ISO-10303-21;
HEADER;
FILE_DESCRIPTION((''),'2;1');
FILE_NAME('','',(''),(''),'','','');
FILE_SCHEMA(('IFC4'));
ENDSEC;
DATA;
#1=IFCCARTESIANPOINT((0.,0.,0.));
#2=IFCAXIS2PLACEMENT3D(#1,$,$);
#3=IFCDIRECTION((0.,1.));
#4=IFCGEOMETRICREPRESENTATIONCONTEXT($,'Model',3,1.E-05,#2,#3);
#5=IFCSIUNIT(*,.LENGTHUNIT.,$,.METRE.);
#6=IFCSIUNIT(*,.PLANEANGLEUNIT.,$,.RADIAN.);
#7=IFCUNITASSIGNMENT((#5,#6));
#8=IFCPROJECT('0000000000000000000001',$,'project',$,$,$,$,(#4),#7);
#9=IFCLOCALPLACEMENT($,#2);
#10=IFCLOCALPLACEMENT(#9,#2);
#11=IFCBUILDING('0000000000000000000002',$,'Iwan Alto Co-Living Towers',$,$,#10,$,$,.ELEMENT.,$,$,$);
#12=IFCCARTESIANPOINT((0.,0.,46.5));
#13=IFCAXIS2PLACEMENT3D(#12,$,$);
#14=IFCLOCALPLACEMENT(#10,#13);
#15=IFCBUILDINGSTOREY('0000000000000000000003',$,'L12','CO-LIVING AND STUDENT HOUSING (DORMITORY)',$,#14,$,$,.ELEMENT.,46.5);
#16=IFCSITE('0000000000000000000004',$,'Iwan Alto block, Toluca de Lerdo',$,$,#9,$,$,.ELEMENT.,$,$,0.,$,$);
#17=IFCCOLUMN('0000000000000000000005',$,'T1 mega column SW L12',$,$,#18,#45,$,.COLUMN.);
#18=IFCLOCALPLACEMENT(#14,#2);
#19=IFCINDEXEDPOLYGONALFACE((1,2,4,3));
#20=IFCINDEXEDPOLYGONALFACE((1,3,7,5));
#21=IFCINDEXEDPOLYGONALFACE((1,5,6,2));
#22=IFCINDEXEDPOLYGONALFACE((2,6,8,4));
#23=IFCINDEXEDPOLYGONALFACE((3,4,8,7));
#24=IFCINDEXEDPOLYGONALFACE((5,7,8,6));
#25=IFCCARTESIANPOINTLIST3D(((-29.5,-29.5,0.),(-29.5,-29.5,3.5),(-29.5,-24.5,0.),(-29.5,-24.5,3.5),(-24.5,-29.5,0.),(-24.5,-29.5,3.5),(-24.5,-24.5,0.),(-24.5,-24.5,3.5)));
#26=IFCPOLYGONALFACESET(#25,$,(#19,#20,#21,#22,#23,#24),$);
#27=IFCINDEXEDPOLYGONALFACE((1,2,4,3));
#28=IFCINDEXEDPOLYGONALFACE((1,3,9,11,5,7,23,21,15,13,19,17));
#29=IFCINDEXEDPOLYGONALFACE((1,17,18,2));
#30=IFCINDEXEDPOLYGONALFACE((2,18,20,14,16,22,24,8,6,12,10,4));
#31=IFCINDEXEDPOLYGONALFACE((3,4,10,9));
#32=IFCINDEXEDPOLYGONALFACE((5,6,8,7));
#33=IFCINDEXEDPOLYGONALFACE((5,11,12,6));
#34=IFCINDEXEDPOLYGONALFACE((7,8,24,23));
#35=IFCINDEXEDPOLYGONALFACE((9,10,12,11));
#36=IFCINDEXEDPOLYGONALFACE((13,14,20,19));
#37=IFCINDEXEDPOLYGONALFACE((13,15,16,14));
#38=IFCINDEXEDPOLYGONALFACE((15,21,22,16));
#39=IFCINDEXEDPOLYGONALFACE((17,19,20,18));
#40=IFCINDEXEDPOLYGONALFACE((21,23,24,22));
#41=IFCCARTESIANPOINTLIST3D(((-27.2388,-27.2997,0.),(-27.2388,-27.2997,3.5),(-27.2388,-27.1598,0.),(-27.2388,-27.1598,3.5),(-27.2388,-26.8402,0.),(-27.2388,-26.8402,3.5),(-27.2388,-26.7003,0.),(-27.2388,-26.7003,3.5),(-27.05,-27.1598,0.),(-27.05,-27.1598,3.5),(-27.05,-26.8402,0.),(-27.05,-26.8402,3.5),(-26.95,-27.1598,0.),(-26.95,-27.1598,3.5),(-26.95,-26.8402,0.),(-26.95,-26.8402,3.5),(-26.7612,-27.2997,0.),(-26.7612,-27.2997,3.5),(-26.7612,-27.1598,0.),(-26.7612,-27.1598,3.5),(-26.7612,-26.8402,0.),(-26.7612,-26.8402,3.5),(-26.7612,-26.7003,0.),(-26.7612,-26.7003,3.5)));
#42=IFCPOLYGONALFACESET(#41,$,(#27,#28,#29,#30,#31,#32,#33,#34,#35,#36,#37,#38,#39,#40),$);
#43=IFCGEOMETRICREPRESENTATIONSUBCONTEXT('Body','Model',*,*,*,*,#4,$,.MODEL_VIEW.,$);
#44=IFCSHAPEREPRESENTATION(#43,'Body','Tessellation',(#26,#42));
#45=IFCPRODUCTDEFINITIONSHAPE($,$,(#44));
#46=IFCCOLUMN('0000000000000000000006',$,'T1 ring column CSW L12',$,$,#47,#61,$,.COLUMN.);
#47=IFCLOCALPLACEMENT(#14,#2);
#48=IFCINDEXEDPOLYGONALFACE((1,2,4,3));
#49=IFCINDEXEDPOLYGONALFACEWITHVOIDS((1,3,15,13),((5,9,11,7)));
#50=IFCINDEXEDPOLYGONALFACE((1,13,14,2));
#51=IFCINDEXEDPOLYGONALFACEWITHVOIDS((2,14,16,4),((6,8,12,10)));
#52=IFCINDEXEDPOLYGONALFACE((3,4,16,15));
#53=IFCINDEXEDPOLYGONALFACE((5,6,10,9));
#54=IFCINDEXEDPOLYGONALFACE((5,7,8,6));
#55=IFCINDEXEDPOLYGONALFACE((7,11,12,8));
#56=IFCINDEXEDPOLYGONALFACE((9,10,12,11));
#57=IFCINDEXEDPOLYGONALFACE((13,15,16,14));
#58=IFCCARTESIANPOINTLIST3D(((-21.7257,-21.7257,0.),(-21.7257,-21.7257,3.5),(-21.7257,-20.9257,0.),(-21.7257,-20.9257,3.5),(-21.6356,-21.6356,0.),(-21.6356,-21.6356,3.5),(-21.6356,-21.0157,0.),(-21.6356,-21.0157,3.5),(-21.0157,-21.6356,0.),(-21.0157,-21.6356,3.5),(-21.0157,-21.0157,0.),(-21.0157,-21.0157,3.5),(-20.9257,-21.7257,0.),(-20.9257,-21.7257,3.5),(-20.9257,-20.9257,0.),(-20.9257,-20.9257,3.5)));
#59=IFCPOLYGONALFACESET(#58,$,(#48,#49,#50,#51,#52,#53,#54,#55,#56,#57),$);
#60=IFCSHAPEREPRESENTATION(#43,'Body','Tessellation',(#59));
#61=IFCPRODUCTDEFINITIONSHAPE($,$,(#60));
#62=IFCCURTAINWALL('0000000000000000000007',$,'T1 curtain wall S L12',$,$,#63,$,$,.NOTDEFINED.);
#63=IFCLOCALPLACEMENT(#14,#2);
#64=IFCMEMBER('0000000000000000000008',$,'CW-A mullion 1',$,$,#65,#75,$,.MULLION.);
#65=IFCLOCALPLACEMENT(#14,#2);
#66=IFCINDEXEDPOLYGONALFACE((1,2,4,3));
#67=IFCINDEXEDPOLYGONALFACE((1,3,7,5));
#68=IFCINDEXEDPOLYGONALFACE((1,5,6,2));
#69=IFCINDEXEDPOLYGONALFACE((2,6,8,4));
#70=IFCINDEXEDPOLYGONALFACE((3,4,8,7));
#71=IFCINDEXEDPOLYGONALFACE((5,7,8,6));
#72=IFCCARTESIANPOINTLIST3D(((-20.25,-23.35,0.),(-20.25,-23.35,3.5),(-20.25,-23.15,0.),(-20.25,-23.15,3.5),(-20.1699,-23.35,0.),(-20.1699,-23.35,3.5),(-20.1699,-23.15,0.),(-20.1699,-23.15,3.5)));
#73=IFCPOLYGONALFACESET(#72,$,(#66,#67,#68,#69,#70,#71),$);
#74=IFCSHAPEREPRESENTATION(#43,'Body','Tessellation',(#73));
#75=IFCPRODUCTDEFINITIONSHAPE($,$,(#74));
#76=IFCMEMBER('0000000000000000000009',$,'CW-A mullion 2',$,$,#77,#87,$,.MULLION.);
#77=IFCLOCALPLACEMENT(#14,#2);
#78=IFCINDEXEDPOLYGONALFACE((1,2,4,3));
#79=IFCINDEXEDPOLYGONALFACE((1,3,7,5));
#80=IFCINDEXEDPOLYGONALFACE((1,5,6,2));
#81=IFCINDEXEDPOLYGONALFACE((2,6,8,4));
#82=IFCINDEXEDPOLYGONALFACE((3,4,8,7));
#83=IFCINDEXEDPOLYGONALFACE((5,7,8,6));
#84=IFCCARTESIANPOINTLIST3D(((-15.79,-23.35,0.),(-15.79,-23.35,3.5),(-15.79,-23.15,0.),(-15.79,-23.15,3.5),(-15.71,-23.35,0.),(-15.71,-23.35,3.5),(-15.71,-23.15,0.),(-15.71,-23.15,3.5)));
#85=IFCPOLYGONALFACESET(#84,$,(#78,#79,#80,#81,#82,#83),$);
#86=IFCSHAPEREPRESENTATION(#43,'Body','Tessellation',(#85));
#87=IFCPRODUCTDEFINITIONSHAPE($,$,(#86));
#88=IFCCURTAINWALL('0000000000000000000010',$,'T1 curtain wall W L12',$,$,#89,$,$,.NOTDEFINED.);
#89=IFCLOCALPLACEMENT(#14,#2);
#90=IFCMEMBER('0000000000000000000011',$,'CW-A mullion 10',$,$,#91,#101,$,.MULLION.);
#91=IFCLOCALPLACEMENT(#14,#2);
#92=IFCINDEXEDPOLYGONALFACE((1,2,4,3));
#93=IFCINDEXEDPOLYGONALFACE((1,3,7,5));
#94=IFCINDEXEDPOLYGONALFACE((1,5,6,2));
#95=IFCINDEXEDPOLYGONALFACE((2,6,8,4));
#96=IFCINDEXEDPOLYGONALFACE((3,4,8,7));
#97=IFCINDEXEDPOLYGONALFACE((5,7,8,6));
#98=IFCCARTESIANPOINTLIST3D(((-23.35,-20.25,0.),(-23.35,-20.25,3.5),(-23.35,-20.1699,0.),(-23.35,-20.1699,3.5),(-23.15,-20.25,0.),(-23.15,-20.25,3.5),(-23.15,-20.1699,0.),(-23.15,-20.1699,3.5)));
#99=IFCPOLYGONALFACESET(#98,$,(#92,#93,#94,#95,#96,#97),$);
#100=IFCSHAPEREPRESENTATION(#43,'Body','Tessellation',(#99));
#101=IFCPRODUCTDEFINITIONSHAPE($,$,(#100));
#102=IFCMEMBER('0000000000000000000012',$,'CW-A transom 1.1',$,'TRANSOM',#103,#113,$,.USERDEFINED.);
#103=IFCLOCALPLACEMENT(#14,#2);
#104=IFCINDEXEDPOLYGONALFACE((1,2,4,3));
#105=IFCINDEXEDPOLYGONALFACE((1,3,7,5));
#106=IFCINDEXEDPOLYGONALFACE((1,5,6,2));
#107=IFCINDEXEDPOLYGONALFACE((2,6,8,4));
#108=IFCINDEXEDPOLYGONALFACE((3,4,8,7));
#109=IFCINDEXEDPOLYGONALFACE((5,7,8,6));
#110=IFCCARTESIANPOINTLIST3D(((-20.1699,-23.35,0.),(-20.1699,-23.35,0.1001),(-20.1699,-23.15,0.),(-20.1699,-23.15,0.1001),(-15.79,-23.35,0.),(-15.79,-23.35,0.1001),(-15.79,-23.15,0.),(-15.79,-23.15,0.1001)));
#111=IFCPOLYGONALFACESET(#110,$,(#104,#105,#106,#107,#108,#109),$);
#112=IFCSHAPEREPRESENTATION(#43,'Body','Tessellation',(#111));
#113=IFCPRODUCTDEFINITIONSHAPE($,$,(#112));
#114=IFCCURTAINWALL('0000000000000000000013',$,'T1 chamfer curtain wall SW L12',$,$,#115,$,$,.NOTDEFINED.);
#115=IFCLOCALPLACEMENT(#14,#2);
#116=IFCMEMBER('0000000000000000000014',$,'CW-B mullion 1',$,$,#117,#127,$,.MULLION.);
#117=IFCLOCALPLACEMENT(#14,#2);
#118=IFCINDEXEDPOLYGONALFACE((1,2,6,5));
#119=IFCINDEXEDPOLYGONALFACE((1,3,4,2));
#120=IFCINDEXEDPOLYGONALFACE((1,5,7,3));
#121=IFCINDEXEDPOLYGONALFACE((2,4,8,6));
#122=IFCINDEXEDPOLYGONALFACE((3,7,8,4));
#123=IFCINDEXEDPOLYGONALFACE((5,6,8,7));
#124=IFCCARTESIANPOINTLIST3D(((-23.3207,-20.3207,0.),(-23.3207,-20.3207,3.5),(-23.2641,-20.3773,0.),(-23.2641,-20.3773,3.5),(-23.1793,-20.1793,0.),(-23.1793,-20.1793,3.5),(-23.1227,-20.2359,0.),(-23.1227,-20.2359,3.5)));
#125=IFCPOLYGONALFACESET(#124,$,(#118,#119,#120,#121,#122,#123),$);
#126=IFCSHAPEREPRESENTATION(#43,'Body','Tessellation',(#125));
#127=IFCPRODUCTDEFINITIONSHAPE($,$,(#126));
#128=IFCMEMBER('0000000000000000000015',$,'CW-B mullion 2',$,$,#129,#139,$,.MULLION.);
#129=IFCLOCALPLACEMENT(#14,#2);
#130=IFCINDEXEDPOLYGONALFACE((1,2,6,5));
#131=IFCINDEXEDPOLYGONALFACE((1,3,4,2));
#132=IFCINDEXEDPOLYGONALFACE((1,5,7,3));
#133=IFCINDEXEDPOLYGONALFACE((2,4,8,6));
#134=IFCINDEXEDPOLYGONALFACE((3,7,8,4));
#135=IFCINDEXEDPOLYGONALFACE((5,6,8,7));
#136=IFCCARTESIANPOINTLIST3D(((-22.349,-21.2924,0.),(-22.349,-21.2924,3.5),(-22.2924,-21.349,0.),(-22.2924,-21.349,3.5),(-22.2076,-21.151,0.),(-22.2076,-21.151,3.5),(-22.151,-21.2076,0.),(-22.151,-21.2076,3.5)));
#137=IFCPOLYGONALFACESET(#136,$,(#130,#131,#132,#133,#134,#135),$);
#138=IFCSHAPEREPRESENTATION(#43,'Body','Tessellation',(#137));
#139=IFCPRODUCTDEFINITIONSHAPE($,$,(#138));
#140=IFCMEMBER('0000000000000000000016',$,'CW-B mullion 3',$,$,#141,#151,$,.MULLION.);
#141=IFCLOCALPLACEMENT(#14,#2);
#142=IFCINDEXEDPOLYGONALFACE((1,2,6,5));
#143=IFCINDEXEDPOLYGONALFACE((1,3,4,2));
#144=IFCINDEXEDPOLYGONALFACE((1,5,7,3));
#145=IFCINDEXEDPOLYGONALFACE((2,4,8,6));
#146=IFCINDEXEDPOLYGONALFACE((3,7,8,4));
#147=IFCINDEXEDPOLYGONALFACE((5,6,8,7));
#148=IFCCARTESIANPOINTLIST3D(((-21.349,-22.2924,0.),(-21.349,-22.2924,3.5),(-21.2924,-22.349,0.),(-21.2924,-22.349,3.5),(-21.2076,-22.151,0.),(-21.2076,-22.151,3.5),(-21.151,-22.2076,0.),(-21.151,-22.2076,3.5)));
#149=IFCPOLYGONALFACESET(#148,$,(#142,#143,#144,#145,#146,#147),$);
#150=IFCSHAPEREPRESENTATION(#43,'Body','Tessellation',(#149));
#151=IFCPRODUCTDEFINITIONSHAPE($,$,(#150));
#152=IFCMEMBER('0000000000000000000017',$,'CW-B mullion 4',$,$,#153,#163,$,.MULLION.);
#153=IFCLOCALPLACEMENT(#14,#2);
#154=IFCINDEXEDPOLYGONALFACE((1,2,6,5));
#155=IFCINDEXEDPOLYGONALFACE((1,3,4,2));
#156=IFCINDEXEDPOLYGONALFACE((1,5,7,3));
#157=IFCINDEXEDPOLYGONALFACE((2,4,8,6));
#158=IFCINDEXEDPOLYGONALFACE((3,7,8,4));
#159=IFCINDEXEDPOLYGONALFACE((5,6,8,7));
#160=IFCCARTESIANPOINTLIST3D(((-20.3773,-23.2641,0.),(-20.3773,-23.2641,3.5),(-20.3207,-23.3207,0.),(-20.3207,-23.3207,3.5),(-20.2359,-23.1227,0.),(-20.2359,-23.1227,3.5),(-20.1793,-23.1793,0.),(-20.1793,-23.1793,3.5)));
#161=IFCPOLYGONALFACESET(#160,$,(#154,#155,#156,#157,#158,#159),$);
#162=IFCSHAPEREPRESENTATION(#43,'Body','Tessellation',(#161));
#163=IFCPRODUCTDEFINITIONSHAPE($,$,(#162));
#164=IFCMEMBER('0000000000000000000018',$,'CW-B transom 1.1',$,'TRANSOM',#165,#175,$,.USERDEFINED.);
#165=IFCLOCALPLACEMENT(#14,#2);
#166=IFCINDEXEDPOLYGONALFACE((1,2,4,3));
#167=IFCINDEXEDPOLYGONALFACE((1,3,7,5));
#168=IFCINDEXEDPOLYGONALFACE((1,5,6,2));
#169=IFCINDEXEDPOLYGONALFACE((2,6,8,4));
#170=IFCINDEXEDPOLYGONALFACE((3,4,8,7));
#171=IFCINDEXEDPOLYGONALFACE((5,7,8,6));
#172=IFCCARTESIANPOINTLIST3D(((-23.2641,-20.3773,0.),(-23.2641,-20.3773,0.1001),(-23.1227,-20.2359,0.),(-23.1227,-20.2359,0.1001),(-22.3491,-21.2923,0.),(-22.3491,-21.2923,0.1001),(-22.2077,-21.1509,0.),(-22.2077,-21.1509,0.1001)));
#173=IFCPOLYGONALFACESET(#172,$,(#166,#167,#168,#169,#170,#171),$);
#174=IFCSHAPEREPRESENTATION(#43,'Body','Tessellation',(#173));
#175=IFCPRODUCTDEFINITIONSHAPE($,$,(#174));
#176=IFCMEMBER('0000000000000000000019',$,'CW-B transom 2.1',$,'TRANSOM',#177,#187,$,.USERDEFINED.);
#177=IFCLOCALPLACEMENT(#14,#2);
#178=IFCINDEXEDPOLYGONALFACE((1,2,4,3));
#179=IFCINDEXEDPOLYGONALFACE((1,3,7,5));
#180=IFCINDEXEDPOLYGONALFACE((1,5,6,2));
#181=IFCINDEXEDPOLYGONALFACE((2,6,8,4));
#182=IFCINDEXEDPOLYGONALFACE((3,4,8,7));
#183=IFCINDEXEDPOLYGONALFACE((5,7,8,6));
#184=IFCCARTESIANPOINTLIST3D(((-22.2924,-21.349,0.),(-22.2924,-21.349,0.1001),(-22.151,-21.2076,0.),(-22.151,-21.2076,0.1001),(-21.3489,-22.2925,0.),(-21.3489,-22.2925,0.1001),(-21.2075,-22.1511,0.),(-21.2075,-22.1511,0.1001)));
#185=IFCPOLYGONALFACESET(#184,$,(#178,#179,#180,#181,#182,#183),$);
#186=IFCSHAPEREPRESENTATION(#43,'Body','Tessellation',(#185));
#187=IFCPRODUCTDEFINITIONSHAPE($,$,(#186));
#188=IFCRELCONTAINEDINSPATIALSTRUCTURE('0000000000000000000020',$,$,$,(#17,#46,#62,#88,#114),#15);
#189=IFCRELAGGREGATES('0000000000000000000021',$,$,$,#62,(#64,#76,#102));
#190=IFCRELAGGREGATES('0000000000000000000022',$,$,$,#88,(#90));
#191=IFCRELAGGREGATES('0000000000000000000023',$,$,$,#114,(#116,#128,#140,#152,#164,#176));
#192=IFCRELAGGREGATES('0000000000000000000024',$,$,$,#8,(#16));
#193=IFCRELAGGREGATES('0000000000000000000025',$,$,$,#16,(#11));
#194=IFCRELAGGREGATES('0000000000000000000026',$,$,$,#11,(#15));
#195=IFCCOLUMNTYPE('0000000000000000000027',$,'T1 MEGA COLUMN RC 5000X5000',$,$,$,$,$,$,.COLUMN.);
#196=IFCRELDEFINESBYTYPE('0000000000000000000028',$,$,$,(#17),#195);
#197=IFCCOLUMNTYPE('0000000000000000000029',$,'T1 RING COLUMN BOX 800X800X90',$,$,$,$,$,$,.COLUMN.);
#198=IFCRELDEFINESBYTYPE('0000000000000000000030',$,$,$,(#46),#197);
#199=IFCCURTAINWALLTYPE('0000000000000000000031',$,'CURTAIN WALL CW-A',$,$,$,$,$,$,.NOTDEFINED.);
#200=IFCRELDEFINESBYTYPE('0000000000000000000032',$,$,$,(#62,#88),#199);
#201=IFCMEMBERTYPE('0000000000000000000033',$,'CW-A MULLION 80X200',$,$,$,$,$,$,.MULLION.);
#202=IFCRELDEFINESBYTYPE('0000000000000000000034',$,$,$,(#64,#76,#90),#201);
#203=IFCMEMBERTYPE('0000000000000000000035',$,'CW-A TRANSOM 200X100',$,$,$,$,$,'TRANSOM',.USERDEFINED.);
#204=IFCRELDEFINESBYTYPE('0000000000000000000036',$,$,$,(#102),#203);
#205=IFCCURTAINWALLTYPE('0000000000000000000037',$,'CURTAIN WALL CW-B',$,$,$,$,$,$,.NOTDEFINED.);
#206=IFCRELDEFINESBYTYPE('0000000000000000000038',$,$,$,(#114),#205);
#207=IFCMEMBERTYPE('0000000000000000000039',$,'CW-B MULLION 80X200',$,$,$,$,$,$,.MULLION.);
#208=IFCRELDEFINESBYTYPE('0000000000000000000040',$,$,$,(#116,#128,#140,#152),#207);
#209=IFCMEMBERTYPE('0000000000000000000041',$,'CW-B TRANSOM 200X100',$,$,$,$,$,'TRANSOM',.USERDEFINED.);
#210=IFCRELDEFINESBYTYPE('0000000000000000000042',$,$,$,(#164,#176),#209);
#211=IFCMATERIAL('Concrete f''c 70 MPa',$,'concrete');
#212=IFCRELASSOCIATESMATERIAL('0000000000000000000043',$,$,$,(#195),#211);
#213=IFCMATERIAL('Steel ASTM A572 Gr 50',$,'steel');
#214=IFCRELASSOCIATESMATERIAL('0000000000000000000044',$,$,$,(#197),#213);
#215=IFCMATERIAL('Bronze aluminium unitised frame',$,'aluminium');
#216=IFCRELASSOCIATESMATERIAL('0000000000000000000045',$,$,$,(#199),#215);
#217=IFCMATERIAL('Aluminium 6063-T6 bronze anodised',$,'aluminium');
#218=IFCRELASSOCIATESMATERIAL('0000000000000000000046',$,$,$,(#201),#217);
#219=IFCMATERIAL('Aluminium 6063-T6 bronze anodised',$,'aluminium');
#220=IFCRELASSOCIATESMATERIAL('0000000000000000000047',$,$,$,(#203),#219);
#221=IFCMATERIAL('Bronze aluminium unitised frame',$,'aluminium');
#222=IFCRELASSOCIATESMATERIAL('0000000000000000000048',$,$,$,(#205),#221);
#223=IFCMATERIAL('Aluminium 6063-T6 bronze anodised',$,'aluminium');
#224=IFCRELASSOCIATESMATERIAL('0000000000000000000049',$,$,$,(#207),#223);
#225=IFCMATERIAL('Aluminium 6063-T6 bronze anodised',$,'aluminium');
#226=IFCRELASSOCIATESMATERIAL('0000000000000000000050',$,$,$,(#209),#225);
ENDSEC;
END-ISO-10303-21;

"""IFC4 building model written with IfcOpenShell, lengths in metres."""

from ifc_helpers import new_model, si_unit, direction, frame, origin, origin_2d, place, context, subcontext, project, spatial, rectangle, hollow_rectangle, i_section, extrude, material, material_profile, profile_set, type_object, element, aggregate, save


model = new_model("IFC4")

# Units and contexts
model_context = context("Model", 3, precision=1e-05, world=origin(), true_north=direction((0.0, 1.0)))
body_context = subcontext(model_context, "Body", "Model", "MODEL_VIEW")
ifc_project = project(units=[si_unit("LENGTHUNIT", "METRE"), si_unit("PLANEANGLEUNIT", "RADIAN")], contexts=[model_context])

# Site, building, storey
site_placement = place(None, origin())
site = spatial("IfcSite", under=ifc_project, at=site_placement, Name="Iwan Alto block, Toluca de Lerdo", CompositionType="ELEMENT", RefElevation=0.0)
building_placement = place(site_placement, origin())
building = spatial("IfcBuilding", under=site, at=building_placement, Name="Iwan Alto Co-Living Towers", CompositionType="ELEMENT")
storey_placement = place(building_placement, frame((0.0, 0.0, 46.5)))
storey = spatial("IfcBuildingStorey", under=building, at=storey_placement, Name="L12", Description="CO-LIVING AND STUDENT HOUSING (DORMITORY)", CompositionType="ELEMENT", Elevation=46.5)

# Columns
ifc_material_1 = material(Name="Concrete f'c 70 MPa", Category="concrete")
ifc_material_profile_1 = material_profile(ifc_material_1, rectangle(XDim=5.0, YDim=5.0, at=origin_2d()), Name="RC 5000X5000")
ifc_profile_set_1 = profile_set([ifc_material_profile_1], Name="Concrete f'c 70 MPa")
column_type_1 = type_object("IfcColumnType", Name="T1 MEGA COLUMN RC 5000X5000", PredefinedType="COLUMN", material=ifc_profile_set_1)
column_1_placement = place(storey_placement, frame((-27.0, -27.0, 0.0), z_axis=(0.0, 0.0, 1.0), x_axis=(1.0, 0.0, 0.0)))
element("IfcColumn", 1, at=column_1_placement, inside=storey, type_object=column_type_1, Name="T1 mega column SW L12", PredefinedType="COLUMN", context=body_context, shape_type="SweptSolid", body=[
    extrude(rectangle(XDim=5.0, YDim=5.0, at=origin_2d()), origin(), (0.0, 0.0, 1.0), 3.5),
    extrude(i_section(OverallWidth=0.4775, OverallDepth=0.5994, WebThickness=0.1001, FlangeThickness=0.1399, at=origin_2d()), origin(), (0.0, 0.0, 1.0), 3.5),
])
ifc_material_2 = material(Name="Steel ASTM A572 Gr 50", Category="steel")
ifc_material_profile_2 = material_profile(ifc_material_2, hollow_rectangle(XDim=0.8, YDim=0.8, WallThickness=0.0901, at=origin_2d()), Name="BOX 800X800X90")
ifc_profile_set_2 = profile_set([ifc_material_profile_2], Name="Steel ASTM A572 Gr 50")
column_type_2 = type_object("IfcColumnType", Name="T1 RING COLUMN BOX 800X800X90", PredefinedType="COLUMN", material=ifc_profile_set_2)
column_2_placement = place(storey_placement, frame((-21.3257, -21.3257, 0.0), z_axis=(0.0, 0.0, 1.0), x_axis=(1.0, 0.0, 0.0)))
element("IfcColumn", 2, at=column_2_placement, inside=storey, type_object=column_type_2, Name="T1 ring column CSW L12", PredefinedType="COLUMN", context=body_context, shape_type="SweptSolid", body=[
    extrude(hollow_rectangle(XDim=0.8, YDim=0.8, WallThickness=0.0901, at=origin_2d()), origin(), (0.0, 0.0, 1.0), 3.5),
])

# Curtain wall, members
ifc_material_3 = material(Name="Bronze aluminium unitised frame", Category="aluminium")
curtain_wall_type_1 = type_object("IfcCurtainWallType", Name="CURTAIN WALL CW-A", PredefinedType="NOTDEFINED", material=ifc_material_3)
curtain_wall_1_placement = place(storey_placement, origin())
curtain_wall_1 = element("IfcCurtainWall", 3, at=curtain_wall_1_placement, inside=storey, type_object=curtain_wall_type_1, Name="T1 curtain wall S L12", PredefinedType="NOTDEFINED")
ifc_material_4 = material(Name="Aluminium 6063-T6 bronze anodised", Category="aluminium")
ifc_material_profile_3 = material_profile(ifc_material_4, rectangle(XDim=0.2, YDim=0.0801, at=origin_2d()), Name="AL 80X200")
ifc_profile_set_3 = profile_set([ifc_material_profile_3], Name="Aluminium 6063-T6 bronze anodised")
member_type_1 = type_object("IfcMemberType", Name="CW-A MULLION 80X200", PredefinedType="MULLION", material=ifc_profile_set_3)
member_1_placement = place(storey_placement, frame((-20.21, -23.25, 0.0), z_axis=(0.0, 0.0, 1.0), x_axis=(0.0, 1.0, 0.0)))
member_1 = element("IfcMember", 4, at=member_1_placement, type_object=member_type_1, Name="CW-A mullion 1", PredefinedType="MULLION", context=body_context, shape_type="SweptSolid", body=[
    extrude(rectangle(XDim=0.2, YDim=0.0801, at=origin_2d()), origin(), (0.0, 0.0, 1.0), 3.5),
])
member_2_placement = place(storey_placement, frame((-15.75, -23.25, 0.0), z_axis=(0.0, 0.0, 1.0), x_axis=(0.0, 1.0, 0.0)))
member_2 = element("IfcMember", 5, at=member_2_placement, type_object=member_type_1, Name="CW-A mullion 2", PredefinedType="MULLION", context=body_context, shape_type="SweptSolid", body=[
    extrude(rectangle(XDim=0.2, YDim=0.0801, at=origin_2d()), origin(), (0.0, 0.0, 1.0), 3.5),
])

# Curtain wall, member
curtain_wall_2_placement = place(storey_placement, origin())
curtain_wall_2 = element("IfcCurtainWall", 6, at=curtain_wall_2_placement, inside=storey, type_object=curtain_wall_type_1, Name="T1 curtain wall W L12", PredefinedType="NOTDEFINED")
member_3_placement = place(storey_placement, frame((-23.25, -20.21, 0.0), z_axis=(0.0, 0.0, 1.0), x_axis=(1.0, 0.0, 0.0)))
member_3 = element("IfcMember", 7, at=member_3_placement, type_object=member_type_1, Name="CW-A mullion 10", PredefinedType="MULLION", context=body_context, shape_type="SweptSolid", body=[
    extrude(rectangle(XDim=0.2, YDim=0.0801, at=origin_2d()), origin(), (0.0, 0.0, 1.0), 3.5),
])

# Member
ifc_material_5 = material(Name="Aluminium 6063-T6 bronze anodised", Category="aluminium")
ifc_material_profile_4 = material_profile(ifc_material_5, rectangle(XDim=0.2, YDim=0.1001, at=origin_2d()), Name="AL 200X100")
ifc_profile_set_4 = profile_set([ifc_material_profile_4], Name="Aluminium 6063-T6 bronze anodised")
member_type_2 = type_object("IfcMemberType", Name="CW-A TRANSOM 200X100", ElementType="TRANSOM", PredefinedType="USERDEFINED", material=ifc_profile_set_4)
member_4_placement = place(storey_placement, frame((-20.1699, -23.25, 0.05), z_axis=(1.0, 0.0, 0.0), x_axis=(0.0, 1.0, 0.0)))
member_4 = element("IfcMember", 8, at=member_4_placement, type_object=member_type_2, Name="CW-A transom 1.1", ObjectType="TRANSOM", PredefinedType="USERDEFINED", context=body_context, shape_type="SweptSolid", body=[
    extrude(rectangle(XDim=0.2, YDim=0.1001, at=origin_2d()), origin(), (0.0, 0.0, 1.0), 4.3799),
])

# Curtain wall, members
ifc_material_6 = material(Name="Bronze aluminium unitised frame", Category="aluminium")
curtain_wall_type_2 = type_object("IfcCurtainWallType", Name="CURTAIN WALL CW-B", PredefinedType="NOTDEFINED", material=ifc_material_6)
curtain_wall_3_placement = place(storey_placement, origin())
curtain_wall_3 = element("IfcCurtainWall", 9, at=curtain_wall_3_placement, inside=storey, type_object=curtain_wall_type_2, Name="T1 chamfer curtain wall SW L12", PredefinedType="NOTDEFINED")
ifc_material_7 = material(Name="Aluminium 6063-T6 bronze anodised", Category="aluminium")
ifc_material_profile_5 = material_profile(ifc_material_7, rectangle(XDim=0.2, YDim=0.0801, at=origin_2d()), Name="AL 80X200")
ifc_profile_set_5 = profile_set([ifc_material_profile_5], Name="Aluminium 6063-T6 bronze anodised")
member_type_3 = type_object("IfcMemberType", Name="CW-B MULLION 80X200", PredefinedType="MULLION", material=ifc_profile_set_5)
member_5_placement = place(storey_placement, frame((-23.2217, -20.2783, 0.0), z_axis=(0.0, 0.0, 1.0), x_axis=(0.707107, 0.707107, 0.0)))
member_5 = element("IfcMember", 10, at=member_5_placement, type_object=member_type_3, Name="CW-B mullion 1", PredefinedType="MULLION", context=body_context, shape_type="SweptSolid", body=[
    extrude(rectangle(XDim=0.2, YDim=0.0801, at=origin_2d()), origin(), (0.0, 0.0, 1.0), 3.5),
])
member_6_placement = place(storey_placement, frame((-22.25, -21.25, 0.0), z_axis=(0.0, 0.0, 1.0), x_axis=(0.707107, 0.707107, 0.0)))
member_6 = element("IfcMember", 11, at=member_6_placement, type_object=member_type_3, Name="CW-B mullion 2", PredefinedType="MULLION", context=body_context, shape_type="SweptSolid", body=[
    extrude(rectangle(XDim=0.2, YDim=0.0801, at=origin_2d()), origin(), (0.0, 0.0, 1.0), 3.5),
])
member_7_placement = place(storey_placement, frame((-21.25, -22.25, 0.0), z_axis=(0.0, 0.0, 1.0), x_axis=(0.707107, 0.707107, 0.0)))
member_7 = element("IfcMember", 12, at=member_7_placement, type_object=member_type_3, Name="CW-B mullion 3", PredefinedType="MULLION", context=body_context, shape_type="SweptSolid", body=[
    extrude(rectangle(XDim=0.2, YDim=0.0801, at=origin_2d()), origin(), (0.0, 0.0, 1.0), 3.5),
])
member_8_placement = place(storey_placement, frame((-20.2783, -23.2217, 0.0), z_axis=(0.0, 0.0, 1.0), x_axis=(0.707107, 0.707107, 0.0)))
member_8 = element("IfcMember", 13, at=member_8_placement, type_object=member_type_3, Name="CW-B mullion 4", PredefinedType="MULLION", context=body_context, shape_type="SweptSolid", body=[
    extrude(rectangle(XDim=0.2, YDim=0.0801, at=origin_2d()), origin(), (0.0, 0.0, 1.0), 3.5),
])
ifc_material_8 = material(Name="Aluminium 6063-T6 bronze anodised", Category="aluminium")
ifc_material_profile_6 = material_profile(ifc_material_8, rectangle(XDim=0.2, YDim=0.1001, at=origin_2d()), Name="AL 200X100")
ifc_profile_set_6 = profile_set([ifc_material_profile_6], Name="Aluminium 6063-T6 bronze anodised")
member_type_4 = type_object("IfcMemberType", Name="CW-B TRANSOM 200X100", ElementType="TRANSOM", PredefinedType="USERDEFINED", material=ifc_profile_set_6)
member_9_placement = place(storey_placement, frame((-23.1934, -20.3066, 0.05), z_axis=(0.707107, -0.707107, 0.0), x_axis=(0.707107, 0.707107, 0.0)))
member_9 = element("IfcMember", 14, at=member_9_placement, type_object=member_type_4, Name="CW-B transom 1.1", ObjectType="TRANSOM", PredefinedType="USERDEFINED", context=body_context, shape_type="SweptSolid", body=[
    extrude(rectangle(XDim=0.2, YDim=0.1001, at=origin_2d()), origin(), (0.0, 0.0, 1.0), 1.2939),
])
member_10_placement = place(storey_placement, frame((-22.2217, -21.2783, 0.05), z_axis=(0.707107, -0.707107, 0.0), x_axis=(0.707107, 0.707107, 0.0)))
member_10 = element("IfcMember", 15, at=member_10_placement, type_object=member_type_4, Name="CW-B transom 2.1", ObjectType="TRANSOM", PredefinedType="USERDEFINED", context=body_context, shape_type="SweptSolid", body=[
    extrude(rectangle(XDim=0.2, YDim=0.1001, at=origin_2d()), origin(), (0.0, 0.0, 1.0), 1.3342),
])

aggregate(curtain_wall_1, [member_1, member_2, member_4])
aggregate(curtain_wall_2, [member_3])
aggregate(curtain_wall_3, [member_5, member_6, member_7, member_8, member_9, member_10])

save(model, "model.ifc")
